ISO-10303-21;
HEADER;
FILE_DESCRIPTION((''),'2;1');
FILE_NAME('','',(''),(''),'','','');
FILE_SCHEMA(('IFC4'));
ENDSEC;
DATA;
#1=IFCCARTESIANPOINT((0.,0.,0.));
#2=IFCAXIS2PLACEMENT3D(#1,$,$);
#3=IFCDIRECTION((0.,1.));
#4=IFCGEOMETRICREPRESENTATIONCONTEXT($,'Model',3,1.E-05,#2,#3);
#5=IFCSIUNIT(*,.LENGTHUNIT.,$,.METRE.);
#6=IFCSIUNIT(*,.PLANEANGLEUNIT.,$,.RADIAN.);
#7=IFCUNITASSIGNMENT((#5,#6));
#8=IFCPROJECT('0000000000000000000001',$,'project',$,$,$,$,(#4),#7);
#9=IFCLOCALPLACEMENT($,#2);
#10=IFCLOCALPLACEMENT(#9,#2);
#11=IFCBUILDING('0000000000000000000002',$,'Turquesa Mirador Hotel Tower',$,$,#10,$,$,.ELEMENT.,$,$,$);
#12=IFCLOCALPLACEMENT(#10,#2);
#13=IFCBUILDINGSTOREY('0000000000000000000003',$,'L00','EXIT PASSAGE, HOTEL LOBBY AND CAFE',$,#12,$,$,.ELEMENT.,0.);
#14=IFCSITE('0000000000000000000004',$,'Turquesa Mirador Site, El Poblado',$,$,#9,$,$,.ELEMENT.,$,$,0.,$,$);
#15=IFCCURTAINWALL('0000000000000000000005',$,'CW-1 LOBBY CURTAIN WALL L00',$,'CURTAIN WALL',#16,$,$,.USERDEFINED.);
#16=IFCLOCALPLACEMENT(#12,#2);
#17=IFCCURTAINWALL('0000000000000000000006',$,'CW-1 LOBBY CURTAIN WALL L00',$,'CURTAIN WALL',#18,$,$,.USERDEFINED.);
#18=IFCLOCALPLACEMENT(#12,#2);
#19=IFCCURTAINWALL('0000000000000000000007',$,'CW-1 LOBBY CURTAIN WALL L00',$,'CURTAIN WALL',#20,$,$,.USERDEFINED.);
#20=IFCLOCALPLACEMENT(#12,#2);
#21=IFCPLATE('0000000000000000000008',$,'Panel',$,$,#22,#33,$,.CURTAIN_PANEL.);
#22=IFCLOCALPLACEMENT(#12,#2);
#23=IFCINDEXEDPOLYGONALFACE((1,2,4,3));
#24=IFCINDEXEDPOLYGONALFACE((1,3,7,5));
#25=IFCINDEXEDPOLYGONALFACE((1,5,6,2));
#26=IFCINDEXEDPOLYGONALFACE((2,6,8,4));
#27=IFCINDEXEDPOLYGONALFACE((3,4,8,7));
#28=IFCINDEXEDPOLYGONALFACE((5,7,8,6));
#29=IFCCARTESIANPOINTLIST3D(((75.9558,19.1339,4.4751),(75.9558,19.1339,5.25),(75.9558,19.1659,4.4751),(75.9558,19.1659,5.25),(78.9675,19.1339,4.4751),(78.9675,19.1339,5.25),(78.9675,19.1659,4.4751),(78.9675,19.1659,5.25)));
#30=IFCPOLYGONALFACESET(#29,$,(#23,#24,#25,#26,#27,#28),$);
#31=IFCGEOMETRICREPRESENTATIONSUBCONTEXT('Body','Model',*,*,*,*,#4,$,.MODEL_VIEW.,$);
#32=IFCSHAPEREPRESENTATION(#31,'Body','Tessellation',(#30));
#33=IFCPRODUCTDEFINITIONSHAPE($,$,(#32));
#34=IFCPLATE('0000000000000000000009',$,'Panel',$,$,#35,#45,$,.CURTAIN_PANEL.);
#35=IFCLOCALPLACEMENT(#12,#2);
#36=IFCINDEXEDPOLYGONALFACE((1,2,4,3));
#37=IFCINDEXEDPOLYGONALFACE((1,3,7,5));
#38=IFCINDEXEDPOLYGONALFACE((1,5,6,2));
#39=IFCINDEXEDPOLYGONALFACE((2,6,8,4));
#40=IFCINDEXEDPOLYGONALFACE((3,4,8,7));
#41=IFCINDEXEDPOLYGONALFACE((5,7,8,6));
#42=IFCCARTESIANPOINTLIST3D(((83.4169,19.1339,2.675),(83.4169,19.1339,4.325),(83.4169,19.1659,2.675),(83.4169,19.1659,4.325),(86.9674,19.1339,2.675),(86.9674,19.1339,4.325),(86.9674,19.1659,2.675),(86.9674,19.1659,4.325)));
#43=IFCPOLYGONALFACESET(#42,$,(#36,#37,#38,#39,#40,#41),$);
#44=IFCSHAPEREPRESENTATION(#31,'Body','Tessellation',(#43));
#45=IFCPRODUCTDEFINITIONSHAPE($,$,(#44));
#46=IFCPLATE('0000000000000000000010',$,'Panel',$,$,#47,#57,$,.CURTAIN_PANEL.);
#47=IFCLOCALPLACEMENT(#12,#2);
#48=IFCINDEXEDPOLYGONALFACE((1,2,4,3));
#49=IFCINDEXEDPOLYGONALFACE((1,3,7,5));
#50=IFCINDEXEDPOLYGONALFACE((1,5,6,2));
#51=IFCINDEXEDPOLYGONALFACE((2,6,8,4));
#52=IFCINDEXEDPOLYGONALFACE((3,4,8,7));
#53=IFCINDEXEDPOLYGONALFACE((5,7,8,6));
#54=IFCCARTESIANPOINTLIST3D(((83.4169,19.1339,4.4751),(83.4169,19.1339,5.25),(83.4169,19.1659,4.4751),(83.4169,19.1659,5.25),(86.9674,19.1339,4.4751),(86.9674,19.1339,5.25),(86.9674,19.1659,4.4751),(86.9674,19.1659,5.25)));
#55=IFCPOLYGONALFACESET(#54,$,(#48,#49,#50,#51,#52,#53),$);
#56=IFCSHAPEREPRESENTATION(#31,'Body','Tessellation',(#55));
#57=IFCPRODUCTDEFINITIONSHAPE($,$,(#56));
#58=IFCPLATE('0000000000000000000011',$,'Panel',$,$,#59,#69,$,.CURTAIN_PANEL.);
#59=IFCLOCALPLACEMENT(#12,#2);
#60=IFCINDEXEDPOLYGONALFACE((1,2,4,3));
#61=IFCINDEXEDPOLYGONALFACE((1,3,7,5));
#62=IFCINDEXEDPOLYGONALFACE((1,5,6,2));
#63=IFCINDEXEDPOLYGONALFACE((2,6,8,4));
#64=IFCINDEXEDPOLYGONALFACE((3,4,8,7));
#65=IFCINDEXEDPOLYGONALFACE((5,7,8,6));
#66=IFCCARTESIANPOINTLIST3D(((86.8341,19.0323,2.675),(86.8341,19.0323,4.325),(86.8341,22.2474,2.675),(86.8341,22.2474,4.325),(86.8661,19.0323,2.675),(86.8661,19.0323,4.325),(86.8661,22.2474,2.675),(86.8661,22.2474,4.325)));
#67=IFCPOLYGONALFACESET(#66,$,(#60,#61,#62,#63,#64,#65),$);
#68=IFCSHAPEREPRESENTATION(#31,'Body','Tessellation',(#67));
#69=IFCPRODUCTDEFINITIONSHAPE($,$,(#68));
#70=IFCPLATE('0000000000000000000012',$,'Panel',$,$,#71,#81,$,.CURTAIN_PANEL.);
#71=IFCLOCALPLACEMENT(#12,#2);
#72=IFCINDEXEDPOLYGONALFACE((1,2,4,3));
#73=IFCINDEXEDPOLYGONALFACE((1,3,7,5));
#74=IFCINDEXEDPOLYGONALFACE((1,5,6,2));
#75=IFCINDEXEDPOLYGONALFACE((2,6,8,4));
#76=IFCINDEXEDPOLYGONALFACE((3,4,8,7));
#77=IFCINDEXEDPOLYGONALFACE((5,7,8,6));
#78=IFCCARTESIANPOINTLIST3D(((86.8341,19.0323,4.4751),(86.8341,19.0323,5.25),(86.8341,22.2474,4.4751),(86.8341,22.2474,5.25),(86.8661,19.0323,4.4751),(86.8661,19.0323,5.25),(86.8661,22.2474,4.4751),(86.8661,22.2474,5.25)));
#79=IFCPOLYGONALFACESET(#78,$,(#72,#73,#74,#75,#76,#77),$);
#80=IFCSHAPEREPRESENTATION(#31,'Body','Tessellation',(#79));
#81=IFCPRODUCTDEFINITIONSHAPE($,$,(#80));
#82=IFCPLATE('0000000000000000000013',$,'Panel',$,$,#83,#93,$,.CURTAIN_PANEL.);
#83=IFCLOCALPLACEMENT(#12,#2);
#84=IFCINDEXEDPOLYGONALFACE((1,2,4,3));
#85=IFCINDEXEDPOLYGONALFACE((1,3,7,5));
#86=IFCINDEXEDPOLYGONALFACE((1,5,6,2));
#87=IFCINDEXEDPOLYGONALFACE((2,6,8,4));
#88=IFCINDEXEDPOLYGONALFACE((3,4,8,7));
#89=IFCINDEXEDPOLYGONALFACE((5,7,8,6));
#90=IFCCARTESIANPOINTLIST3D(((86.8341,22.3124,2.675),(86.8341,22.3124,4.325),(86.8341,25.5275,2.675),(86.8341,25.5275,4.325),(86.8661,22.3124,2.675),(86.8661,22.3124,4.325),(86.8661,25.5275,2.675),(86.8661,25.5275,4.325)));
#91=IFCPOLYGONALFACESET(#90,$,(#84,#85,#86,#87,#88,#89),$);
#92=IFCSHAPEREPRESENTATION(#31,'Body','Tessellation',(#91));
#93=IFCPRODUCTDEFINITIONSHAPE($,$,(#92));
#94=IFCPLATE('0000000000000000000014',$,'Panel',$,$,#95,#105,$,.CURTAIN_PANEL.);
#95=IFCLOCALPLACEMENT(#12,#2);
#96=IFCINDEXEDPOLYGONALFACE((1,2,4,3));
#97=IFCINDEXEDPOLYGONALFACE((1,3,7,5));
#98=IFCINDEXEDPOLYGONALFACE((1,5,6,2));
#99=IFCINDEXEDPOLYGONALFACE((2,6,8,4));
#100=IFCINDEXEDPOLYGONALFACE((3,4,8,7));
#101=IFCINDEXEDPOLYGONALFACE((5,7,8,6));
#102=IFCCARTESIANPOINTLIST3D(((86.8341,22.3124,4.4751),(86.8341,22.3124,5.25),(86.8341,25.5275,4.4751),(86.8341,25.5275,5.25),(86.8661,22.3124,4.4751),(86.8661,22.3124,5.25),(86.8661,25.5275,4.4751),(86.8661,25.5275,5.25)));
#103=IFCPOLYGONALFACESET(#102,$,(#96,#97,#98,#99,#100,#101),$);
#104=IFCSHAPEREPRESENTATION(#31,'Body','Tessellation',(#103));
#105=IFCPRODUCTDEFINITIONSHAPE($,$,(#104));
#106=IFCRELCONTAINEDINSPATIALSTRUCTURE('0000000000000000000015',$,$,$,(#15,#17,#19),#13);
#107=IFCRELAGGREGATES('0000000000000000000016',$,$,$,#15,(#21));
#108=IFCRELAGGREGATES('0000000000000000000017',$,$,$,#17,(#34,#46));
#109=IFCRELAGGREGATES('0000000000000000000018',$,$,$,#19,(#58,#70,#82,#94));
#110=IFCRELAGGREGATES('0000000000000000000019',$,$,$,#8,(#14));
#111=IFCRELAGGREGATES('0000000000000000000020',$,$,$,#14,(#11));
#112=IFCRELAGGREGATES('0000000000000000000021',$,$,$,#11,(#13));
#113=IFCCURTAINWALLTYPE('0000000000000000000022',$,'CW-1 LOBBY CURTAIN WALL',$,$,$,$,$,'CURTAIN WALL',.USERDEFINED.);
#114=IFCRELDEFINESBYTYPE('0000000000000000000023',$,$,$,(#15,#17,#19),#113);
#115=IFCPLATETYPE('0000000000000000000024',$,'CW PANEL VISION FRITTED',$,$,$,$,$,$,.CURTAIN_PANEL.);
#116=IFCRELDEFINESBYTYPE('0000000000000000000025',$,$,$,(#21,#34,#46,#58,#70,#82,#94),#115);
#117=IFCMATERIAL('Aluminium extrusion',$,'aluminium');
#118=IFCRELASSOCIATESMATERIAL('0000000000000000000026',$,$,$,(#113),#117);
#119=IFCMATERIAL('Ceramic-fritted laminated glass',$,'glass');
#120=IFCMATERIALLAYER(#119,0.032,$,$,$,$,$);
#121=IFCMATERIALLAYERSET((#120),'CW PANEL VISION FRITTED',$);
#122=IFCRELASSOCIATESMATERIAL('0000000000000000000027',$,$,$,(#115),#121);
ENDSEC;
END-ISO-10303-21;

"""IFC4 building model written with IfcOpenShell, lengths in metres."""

from ifc_helpers import new_model, si_unit, direction, frame, origin, origin_2d, place, context, subcontext, project, spatial, rectangle, extrude, material, layer, layer_set, type_object, element, aggregate, save


model = new_model("IFC4")

# Units and contexts
model_context = context("Model", 3, precision=1e-05, world=origin(), true_north=direction((0.0, 1.0)))
body_context = subcontext(model_context, "Body", "Model", "MODEL_VIEW")
ifc_project = project(units=[si_unit("LENGTHUNIT", "METRE"), si_unit("PLANEANGLEUNIT", "RADIAN")], contexts=[model_context])

# Site, building, storey
site_placement = place(None, origin())
site = spatial("IfcSite", under=ifc_project, at=site_placement, Name="Turquesa Mirador Site, El Poblado", CompositionType="ELEMENT", RefElevation=0.0)
building_placement = place(site_placement, origin())
building = spatial("IfcBuilding", under=site, at=building_placement, Name="Turquesa Mirador Hotel Tower", CompositionType="ELEMENT")
storey_placement = place(building_placement, origin())
storey = spatial("IfcBuildingStorey", under=building, at=storey_placement, Name="L00", Description="EXIT PASSAGE, HOTEL LOBBY AND CAFE", CompositionType="ELEMENT", Elevation=0.0)

# Curtain walls
ifc_material_1 = material(Name="Aluminium extrusion", Category="aluminium")
curtain_wall_type = type_object("IfcCurtainWallType", Name="CW-1 LOBBY CURTAIN WALL", ElementType="CURTAIN WALL", PredefinedType="USERDEFINED", material=ifc_material_1)
curtain_wall_1_placement = place(storey_placement, origin())
curtain_wall_1 = element("IfcCurtainWall", 1, at=curtain_wall_1_placement, inside=storey, type_object=curtain_wall_type, Name="CW-1 LOBBY CURTAIN WALL L00", ObjectType="CURTAIN WALL", PredefinedType="USERDEFINED")
curtain_wall_2_placement = place(storey_placement, origin())
curtain_wall_2 = element("IfcCurtainWall", 2, at=curtain_wall_2_placement, inside=storey, type_object=curtain_wall_type, Name="CW-1 LOBBY CURTAIN WALL L00", ObjectType="CURTAIN WALL", PredefinedType="USERDEFINED")
curtain_wall_3_placement = place(storey_placement, origin())
curtain_wall_3 = element("IfcCurtainWall", 3, at=curtain_wall_3_placement, inside=storey, type_object=curtain_wall_type, Name="CW-1 LOBBY CURTAIN WALL L00", ObjectType="CURTAIN WALL", PredefinedType="USERDEFINED")

# Plates
ifc_material_2 = material(Name="Ceramic-fritted laminated glass", Category="glass")
ifc_layer_1 = layer(ifc_material_2, 0.032)
ifc_layer_set_1 = layer_set([ifc_layer_1], Name="CW PANEL VISION FRITTED")
plate_type_1 = type_object("IfcPlateType", Name="CW PANEL VISION FRITTED", PredefinedType="CURTAIN_PANEL", material=ifc_layer_set_1)
plate_1_placement = place(storey_placement, frame((77.4617, 19.1499, 4.4751), z_axis=(0.0, 0.0, 1.0), x_axis=(1.0, 0.0, 0.0)))
plate_1 = element("IfcPlate", 4, at=plate_1_placement, type_object=plate_type_1, Name="Panel", PredefinedType="CURTAIN_PANEL", context=body_context, shape_type="SweptSolid", body=[
    extrude(rectangle(XDim=3.0117, YDim=0.032, at=origin_2d()), origin(), (0.0, 0.0, 1.0), 0.7749),
])
aggregate(curtain_wall_1, [plate_1])
plate_2_placement = place(storey_placement, frame((85.1921, 19.1499, 2.675), z_axis=(0.0, 0.0, 1.0), x_axis=(1.0, 0.0, 0.0)))
plate_2 = element("IfcPlate", 5, at=plate_2_placement, type_object=plate_type_1, Name="Panel", PredefinedType="CURTAIN_PANEL", context=body_context, shape_type="SweptSolid", body=[
    extrude(rectangle(XDim=3.5505, YDim=0.032, at=origin_2d()), origin(), (0.0, 0.0, 1.0), 1.6499),
])
plate_3_placement = place(storey_placement, frame((85.1921, 19.1499, 4.4751), z_axis=(0.0, 0.0, 1.0), x_axis=(1.0, 0.0, 0.0)))
plate_3 = element("IfcPlate", 6, at=plate_3_placement, type_object=plate_type_1, Name="Panel", PredefinedType="CURTAIN_PANEL", context=body_context, shape_type="SweptSolid", body=[
    extrude(rectangle(XDim=3.5505, YDim=0.032, at=origin_2d()), origin(), (0.0, 0.0, 1.0), 0.7749),
])
aggregate(curtain_wall_2, [plate_2, plate_3])
plate_4_placement = place(storey_placement, frame((86.8501, 20.6399, 2.675), z_axis=(0.0, 0.0, 1.0), x_axis=(0.0, 1.0, 0.0)))
plate_4 = element("IfcPlate", 7, at=plate_4_placement, type_object=plate_type_1, Name="Panel", PredefinedType="CURTAIN_PANEL", context=body_context, shape_type="SweptSolid", body=[
    extrude(rectangle(XDim=3.2151, YDim=0.032, at=origin_2d()), origin(), (0.0, 0.0, 1.0), 1.6499),
])
plate_5_placement = place(storey_placement, frame((86.8501, 20.6399, 4.4751), z_axis=(0.0, 0.0, 1.0), x_axis=(0.0, 1.0, 0.0)))
plate_5 = element("IfcPlate", 8, at=plate_5_placement, type_object=plate_type_1, Name="Panel", PredefinedType="CURTAIN_PANEL", context=body_context, shape_type="SweptSolid", body=[
    extrude(rectangle(XDim=3.2151, YDim=0.032, at=origin_2d()), origin(), (0.0, 0.0, 1.0), 0.7749),
])
plate_6_placement = place(storey_placement, frame((86.8501, 23.9199, 2.675), z_axis=(0.0, 0.0, 1.0), x_axis=(0.0, 1.0, 0.0)))
plate_6 = element("IfcPlate", 9, at=plate_6_placement, type_object=plate_type_1, Name="Panel", PredefinedType="CURTAIN_PANEL", context=body_context, shape_type="SweptSolid", body=[
    extrude(rectangle(XDim=3.2151, YDim=0.032, at=origin_2d()), origin(), (0.0, 0.0, 1.0), 1.6499),
])
plate_7_placement = place(storey_placement, frame((86.8501, 23.9199, 4.4751), z_axis=(0.0, 0.0, 1.0), x_axis=(0.0, 1.0, 0.0)))
plate_7 = element("IfcPlate", 10, at=plate_7_placement, type_object=plate_type_1, Name="Panel", PredefinedType="CURTAIN_PANEL", context=body_context, shape_type="SweptSolid", body=[
    extrude(rectangle(XDim=3.2151, YDim=0.032, at=origin_2d()), origin(), (0.0, 0.0, 1.0), 0.7749),
])
aggregate(curtain_wall_3, [plate_4, plate_5, plate_6, plate_7])

save(model, "model.ifc")
